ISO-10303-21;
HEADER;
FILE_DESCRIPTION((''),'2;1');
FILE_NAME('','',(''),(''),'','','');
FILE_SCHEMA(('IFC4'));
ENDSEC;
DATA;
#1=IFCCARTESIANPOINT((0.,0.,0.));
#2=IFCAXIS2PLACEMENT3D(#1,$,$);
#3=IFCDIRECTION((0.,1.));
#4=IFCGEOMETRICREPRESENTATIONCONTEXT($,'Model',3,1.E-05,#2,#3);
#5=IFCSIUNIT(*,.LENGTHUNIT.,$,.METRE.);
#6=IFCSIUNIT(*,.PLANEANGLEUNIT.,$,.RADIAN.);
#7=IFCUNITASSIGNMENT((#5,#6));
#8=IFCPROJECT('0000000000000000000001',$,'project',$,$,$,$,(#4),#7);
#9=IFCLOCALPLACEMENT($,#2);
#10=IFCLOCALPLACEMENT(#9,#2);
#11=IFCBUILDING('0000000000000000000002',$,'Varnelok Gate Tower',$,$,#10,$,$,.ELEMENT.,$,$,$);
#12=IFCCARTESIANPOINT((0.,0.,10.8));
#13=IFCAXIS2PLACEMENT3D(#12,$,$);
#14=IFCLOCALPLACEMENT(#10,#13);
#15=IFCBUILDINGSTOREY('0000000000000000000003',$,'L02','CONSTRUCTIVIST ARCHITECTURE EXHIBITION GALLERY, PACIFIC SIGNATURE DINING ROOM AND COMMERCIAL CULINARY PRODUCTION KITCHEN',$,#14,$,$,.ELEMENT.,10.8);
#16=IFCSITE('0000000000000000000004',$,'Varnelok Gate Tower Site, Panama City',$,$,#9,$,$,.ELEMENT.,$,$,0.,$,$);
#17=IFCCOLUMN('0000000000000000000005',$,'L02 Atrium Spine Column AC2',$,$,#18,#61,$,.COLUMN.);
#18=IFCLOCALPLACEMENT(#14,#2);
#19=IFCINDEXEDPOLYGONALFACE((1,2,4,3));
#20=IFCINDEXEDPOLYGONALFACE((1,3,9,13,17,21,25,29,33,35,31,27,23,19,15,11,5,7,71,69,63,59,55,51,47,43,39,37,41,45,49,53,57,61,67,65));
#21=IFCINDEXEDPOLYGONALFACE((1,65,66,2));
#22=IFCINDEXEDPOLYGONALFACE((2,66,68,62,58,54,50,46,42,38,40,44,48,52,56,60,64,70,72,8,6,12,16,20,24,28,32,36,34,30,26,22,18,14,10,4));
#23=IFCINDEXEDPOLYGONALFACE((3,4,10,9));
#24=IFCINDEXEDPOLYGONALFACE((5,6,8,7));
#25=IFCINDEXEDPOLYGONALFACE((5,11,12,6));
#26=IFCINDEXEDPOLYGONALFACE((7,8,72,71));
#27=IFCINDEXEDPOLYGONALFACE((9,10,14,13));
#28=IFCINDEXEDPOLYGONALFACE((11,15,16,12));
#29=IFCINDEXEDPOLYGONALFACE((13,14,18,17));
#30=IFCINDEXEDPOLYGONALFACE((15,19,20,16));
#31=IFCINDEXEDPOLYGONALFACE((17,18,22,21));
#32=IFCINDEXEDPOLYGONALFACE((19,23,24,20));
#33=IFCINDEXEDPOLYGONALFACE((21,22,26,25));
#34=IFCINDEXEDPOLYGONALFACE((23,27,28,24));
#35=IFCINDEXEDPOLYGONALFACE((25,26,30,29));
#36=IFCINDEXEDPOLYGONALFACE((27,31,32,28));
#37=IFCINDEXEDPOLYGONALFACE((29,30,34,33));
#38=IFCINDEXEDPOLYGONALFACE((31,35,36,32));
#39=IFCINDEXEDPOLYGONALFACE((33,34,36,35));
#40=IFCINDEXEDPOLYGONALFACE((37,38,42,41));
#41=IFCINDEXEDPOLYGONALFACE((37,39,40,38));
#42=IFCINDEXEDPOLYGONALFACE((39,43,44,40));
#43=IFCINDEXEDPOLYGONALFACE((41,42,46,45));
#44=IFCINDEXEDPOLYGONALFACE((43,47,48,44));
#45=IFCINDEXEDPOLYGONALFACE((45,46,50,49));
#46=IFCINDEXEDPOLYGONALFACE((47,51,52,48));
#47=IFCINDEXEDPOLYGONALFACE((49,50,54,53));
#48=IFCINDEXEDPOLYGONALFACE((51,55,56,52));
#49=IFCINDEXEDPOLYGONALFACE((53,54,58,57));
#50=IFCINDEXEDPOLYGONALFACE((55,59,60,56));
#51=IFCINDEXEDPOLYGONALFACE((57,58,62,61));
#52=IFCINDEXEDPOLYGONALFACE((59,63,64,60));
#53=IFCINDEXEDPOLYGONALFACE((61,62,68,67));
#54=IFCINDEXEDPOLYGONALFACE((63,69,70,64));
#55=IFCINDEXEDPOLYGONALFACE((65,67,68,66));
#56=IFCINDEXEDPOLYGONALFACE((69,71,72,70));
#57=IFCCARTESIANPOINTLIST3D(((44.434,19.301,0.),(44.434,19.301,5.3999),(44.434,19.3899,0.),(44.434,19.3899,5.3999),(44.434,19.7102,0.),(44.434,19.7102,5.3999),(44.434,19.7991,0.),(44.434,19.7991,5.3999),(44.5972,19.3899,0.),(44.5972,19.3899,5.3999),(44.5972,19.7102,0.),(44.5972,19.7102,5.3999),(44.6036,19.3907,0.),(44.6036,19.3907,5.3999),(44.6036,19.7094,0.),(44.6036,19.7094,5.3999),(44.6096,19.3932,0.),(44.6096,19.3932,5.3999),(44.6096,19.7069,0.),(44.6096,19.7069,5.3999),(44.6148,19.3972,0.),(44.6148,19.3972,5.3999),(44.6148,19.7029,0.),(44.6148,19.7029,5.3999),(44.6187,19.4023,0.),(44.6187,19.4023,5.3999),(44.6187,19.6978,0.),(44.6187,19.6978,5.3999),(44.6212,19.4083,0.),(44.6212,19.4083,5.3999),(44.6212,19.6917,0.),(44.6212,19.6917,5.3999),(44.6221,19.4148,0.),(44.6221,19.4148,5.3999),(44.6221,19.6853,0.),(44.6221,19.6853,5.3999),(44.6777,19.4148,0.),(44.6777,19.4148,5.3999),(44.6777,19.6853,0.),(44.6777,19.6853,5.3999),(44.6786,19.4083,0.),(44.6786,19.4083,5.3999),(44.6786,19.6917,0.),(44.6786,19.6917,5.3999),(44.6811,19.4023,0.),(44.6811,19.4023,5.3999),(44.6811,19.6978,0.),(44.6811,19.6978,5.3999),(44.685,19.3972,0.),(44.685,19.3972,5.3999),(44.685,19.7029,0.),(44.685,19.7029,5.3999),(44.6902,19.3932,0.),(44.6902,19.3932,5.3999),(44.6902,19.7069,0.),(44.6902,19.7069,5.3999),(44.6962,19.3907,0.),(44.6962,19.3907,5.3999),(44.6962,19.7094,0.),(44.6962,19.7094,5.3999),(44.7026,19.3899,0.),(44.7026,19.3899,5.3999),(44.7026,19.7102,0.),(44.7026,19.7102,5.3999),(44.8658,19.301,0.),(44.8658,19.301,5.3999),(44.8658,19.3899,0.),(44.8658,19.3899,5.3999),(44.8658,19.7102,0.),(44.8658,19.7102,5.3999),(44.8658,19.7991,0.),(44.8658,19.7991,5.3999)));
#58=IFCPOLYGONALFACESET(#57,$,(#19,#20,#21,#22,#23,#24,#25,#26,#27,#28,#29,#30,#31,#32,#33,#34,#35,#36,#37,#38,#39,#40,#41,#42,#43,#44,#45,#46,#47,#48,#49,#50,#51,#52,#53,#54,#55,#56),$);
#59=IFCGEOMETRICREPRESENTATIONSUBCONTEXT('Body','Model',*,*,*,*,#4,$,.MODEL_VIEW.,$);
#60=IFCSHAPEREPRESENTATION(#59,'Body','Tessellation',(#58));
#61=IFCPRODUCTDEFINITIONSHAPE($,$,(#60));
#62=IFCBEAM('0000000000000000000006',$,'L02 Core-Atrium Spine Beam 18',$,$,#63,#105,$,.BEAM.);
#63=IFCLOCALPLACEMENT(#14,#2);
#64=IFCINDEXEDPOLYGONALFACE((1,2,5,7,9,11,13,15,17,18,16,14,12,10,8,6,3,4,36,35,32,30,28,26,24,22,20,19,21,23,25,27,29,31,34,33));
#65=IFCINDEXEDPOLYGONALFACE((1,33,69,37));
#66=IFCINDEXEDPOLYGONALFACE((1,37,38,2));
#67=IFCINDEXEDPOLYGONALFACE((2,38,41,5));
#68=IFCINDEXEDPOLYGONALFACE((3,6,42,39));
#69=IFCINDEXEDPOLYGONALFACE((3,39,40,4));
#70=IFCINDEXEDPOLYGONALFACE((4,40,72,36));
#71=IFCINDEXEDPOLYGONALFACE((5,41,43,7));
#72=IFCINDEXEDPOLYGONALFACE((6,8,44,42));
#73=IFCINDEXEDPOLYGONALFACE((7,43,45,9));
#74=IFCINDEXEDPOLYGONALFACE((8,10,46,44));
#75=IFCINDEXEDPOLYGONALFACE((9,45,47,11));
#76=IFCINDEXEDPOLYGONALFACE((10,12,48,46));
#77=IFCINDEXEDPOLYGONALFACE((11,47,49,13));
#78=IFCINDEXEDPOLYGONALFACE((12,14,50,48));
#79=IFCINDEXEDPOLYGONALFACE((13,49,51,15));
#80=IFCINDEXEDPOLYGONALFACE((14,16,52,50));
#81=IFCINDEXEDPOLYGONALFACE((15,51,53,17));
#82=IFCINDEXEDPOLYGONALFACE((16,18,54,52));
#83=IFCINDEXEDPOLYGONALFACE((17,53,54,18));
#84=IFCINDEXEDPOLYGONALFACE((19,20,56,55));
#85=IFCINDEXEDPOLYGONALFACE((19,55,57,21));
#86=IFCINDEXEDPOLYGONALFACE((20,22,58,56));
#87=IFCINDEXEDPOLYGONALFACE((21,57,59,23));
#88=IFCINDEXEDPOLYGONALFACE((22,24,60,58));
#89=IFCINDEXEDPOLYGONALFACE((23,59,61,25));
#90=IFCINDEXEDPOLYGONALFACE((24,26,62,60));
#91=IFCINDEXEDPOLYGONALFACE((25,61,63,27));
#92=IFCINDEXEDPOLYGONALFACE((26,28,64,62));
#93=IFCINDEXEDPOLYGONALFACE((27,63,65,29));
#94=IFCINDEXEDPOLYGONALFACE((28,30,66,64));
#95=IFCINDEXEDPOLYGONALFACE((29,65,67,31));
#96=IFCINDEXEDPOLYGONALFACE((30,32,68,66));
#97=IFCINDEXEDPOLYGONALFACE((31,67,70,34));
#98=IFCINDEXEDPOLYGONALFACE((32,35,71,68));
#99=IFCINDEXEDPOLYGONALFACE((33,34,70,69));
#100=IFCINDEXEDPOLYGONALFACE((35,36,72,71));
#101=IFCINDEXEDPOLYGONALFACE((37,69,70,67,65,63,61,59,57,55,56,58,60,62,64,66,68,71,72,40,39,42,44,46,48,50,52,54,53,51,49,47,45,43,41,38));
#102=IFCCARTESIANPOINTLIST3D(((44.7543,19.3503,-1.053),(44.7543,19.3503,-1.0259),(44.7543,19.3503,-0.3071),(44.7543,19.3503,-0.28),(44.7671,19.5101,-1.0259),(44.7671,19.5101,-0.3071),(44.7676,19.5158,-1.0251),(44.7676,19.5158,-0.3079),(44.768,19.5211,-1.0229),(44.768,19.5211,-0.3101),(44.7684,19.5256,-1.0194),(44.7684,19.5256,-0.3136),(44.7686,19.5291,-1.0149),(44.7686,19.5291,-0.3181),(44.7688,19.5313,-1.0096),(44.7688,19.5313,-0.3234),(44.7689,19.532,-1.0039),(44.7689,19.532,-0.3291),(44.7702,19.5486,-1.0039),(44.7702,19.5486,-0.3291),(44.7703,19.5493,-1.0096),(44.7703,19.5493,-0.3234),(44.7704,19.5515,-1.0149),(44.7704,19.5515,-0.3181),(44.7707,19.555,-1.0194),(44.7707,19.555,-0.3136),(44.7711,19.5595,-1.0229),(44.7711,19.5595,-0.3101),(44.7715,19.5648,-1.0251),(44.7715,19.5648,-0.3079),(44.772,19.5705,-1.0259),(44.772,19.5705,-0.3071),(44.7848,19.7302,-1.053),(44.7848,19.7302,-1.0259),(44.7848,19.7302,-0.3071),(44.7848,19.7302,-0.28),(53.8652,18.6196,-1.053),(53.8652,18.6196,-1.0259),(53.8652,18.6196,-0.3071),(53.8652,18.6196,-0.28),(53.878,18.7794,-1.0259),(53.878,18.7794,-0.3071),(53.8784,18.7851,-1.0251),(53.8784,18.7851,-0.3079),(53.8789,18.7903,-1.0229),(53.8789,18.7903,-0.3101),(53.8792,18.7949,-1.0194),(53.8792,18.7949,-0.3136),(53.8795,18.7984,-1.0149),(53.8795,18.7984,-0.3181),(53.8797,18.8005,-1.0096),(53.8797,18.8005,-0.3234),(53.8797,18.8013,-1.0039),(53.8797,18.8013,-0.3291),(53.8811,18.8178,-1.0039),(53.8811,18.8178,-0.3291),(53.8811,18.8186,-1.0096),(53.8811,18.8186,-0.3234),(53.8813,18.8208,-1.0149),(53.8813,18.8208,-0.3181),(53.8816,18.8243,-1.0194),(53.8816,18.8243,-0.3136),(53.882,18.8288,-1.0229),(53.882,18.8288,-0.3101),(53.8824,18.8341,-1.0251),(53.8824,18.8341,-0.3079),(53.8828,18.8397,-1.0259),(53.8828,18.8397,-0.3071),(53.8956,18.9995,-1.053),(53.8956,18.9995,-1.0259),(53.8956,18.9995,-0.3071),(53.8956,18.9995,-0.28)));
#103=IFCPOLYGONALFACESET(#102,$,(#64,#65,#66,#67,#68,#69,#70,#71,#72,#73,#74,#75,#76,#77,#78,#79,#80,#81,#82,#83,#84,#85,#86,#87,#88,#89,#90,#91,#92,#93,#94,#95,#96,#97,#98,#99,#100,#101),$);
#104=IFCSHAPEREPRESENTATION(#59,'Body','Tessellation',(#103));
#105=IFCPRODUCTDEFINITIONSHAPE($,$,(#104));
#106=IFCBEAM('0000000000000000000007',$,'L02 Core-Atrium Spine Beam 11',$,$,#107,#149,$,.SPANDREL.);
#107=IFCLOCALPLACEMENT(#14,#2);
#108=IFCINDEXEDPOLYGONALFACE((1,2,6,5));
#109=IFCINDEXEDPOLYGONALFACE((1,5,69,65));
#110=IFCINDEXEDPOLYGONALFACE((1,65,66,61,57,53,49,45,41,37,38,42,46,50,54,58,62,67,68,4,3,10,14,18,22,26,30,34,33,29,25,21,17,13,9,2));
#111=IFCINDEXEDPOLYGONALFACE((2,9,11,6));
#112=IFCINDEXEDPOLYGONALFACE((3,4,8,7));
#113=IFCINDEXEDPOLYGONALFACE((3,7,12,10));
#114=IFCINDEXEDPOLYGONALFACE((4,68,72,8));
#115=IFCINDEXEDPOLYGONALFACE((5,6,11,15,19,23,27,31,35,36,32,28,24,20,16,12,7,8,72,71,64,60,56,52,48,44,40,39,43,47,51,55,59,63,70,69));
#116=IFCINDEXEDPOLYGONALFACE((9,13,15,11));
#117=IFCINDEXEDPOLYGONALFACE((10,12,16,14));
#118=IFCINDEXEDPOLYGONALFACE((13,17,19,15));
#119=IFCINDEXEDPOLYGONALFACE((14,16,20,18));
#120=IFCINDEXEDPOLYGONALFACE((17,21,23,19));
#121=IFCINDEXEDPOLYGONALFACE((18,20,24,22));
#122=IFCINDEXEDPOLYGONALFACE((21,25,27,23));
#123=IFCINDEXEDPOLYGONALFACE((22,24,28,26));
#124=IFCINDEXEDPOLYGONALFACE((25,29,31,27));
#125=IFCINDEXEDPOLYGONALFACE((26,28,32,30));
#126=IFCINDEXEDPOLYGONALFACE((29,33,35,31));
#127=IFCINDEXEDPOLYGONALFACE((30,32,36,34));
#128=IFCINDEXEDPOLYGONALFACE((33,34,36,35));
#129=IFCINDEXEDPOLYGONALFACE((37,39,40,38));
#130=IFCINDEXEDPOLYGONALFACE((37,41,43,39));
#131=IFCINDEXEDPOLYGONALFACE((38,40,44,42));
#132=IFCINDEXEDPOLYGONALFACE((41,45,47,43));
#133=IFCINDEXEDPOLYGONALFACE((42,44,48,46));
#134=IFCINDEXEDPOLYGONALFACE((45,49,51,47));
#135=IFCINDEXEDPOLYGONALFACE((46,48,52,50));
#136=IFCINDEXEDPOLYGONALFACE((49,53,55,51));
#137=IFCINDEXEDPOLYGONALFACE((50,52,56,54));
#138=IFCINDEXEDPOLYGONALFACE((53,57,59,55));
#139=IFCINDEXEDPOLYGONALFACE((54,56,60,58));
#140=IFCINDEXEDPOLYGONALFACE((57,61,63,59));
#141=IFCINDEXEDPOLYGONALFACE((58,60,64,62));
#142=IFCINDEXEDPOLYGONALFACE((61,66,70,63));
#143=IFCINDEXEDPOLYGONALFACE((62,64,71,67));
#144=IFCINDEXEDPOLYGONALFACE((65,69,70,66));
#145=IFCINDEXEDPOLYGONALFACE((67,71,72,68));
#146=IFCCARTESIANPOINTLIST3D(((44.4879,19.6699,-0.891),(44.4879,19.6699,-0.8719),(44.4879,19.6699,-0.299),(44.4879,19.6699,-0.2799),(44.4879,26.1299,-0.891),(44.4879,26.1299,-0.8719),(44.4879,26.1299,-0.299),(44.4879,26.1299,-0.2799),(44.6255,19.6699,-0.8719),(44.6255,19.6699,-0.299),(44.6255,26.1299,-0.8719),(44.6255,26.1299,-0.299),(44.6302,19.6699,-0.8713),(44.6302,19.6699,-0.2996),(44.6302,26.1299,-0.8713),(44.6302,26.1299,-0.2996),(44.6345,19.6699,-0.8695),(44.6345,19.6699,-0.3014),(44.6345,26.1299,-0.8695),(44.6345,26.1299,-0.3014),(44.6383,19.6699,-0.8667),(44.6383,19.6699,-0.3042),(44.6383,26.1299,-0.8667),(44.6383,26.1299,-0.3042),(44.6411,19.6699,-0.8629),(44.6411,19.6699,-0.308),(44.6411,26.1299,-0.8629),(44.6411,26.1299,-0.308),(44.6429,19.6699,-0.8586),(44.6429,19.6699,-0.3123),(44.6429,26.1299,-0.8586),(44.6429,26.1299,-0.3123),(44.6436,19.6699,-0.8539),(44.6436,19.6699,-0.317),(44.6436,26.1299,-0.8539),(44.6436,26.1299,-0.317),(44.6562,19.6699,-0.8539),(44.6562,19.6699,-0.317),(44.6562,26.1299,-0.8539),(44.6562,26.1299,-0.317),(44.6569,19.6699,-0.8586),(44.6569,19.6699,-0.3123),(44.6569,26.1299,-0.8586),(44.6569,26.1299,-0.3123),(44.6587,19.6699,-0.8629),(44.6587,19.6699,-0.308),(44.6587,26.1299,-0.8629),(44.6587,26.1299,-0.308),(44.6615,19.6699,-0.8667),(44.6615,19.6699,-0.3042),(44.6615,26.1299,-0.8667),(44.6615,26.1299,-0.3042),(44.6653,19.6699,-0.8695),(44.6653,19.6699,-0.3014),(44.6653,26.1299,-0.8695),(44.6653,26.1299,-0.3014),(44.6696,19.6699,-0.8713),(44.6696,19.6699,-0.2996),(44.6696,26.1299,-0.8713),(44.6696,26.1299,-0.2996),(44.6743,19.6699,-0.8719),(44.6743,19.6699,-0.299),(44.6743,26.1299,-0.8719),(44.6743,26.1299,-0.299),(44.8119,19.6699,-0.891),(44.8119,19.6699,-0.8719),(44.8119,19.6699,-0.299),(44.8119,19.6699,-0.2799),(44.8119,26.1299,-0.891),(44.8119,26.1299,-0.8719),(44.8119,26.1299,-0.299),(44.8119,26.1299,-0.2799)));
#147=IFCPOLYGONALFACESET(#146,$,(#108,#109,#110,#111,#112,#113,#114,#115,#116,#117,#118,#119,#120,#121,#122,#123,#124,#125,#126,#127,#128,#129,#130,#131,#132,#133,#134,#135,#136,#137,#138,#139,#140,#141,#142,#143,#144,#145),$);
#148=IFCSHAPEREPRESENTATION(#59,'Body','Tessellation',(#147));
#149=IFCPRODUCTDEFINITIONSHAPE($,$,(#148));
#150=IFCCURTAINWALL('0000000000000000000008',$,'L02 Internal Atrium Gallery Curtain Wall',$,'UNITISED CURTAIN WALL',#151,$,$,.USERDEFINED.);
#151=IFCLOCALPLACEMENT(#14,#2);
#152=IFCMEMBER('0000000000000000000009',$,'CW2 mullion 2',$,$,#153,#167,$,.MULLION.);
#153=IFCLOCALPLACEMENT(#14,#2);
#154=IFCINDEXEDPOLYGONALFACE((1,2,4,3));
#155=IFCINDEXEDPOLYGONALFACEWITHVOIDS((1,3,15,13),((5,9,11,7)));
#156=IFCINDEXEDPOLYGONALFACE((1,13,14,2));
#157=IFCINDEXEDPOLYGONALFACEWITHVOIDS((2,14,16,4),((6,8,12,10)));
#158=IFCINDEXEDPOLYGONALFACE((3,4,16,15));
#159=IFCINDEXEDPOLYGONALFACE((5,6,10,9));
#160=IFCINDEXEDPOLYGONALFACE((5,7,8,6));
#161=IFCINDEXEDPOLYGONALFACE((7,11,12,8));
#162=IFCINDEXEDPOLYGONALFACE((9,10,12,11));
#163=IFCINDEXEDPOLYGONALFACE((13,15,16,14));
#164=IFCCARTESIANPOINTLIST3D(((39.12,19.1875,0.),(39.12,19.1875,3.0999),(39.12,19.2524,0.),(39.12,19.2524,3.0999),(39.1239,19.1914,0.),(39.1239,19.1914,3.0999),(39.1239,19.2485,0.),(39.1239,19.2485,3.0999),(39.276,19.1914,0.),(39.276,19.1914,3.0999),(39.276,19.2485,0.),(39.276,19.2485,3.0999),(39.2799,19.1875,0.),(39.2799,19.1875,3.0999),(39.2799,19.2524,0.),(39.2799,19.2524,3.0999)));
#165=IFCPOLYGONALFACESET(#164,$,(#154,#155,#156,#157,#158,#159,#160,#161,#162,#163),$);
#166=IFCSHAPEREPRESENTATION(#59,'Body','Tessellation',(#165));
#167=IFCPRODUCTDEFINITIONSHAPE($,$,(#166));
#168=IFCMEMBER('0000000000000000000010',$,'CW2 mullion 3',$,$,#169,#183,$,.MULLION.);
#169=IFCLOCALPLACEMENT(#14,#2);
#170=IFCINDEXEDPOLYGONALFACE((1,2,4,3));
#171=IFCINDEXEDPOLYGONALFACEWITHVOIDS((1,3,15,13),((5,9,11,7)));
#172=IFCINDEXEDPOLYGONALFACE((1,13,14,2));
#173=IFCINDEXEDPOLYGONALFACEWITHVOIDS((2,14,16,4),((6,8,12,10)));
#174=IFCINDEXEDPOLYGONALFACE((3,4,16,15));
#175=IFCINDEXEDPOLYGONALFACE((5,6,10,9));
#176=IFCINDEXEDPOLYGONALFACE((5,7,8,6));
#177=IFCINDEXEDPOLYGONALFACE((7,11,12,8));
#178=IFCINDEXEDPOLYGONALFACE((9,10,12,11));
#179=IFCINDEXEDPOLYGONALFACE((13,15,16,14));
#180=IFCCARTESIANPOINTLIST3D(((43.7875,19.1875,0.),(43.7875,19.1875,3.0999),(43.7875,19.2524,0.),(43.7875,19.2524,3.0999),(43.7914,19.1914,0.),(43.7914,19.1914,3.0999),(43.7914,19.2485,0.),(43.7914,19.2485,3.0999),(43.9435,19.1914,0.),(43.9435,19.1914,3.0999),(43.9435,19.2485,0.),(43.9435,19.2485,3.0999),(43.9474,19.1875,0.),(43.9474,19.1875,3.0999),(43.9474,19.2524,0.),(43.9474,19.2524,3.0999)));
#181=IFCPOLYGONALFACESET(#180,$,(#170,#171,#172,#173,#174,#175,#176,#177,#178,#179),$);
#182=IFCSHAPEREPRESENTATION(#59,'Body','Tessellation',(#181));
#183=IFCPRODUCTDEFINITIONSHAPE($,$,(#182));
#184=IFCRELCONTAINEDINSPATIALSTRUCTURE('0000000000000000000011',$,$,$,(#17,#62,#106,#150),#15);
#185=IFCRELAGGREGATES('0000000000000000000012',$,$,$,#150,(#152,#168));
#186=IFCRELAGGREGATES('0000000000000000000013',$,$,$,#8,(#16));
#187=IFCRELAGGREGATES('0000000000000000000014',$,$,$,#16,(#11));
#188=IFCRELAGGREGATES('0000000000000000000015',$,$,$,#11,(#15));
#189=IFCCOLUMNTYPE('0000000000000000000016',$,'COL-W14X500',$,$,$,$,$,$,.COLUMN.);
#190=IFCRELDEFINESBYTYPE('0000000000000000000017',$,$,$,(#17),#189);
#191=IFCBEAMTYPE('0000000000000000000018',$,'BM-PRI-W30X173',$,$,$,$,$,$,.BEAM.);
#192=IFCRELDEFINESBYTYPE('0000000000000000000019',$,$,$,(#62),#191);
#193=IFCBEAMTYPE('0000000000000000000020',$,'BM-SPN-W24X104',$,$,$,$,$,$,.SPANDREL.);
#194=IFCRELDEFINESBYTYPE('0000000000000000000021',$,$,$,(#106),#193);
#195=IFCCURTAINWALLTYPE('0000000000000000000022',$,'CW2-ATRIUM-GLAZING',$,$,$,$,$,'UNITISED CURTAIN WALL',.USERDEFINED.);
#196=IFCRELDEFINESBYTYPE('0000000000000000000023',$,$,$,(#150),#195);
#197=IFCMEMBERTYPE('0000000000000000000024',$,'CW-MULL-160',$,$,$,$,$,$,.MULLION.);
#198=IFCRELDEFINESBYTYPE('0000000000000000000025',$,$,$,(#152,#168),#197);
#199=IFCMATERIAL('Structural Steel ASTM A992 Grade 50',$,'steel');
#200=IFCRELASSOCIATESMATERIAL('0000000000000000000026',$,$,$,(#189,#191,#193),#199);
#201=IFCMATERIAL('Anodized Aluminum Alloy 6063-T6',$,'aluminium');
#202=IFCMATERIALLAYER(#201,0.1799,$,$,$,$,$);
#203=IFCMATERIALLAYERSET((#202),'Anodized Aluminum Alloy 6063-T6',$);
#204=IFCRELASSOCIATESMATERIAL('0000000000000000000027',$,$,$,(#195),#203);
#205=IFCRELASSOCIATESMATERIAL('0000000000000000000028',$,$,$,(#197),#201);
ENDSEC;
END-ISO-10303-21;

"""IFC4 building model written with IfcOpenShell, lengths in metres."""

from ifc_helpers import new_model, si_unit, direction, frame, origin, origin_2d, place, context, subcontext, project, spatial, hollow_rectangle, i_section, extrude, material, layer, layer_set, material_profile, profile_set, type_object, element, aggregate, save


model = new_model("IFC4")

# Units and contexts
model_context = context("Model", 3, precision=1e-05, world=origin(), true_north=direction((0.0, 1.0)))
body_context = subcontext(model_context, "Body", "Model", "MODEL_VIEW")
ifc_project = project(units=[si_unit("LENGTHUNIT", "METRE"), si_unit("PLANEANGLEUNIT", "RADIAN")], contexts=[model_context])

# Site, building, storey
site_placement = place(None, origin())
site = spatial("IfcSite", under=ifc_project, at=site_placement, Name="Varnelok Gate Tower Site, Panama City", CompositionType="ELEMENT", RefElevation=0.0)
building_placement = place(site_placement, origin())
building = spatial("IfcBuilding", under=site, at=building_placement, Name="Varnelok Gate Tower", CompositionType="ELEMENT")
storey_placement = place(building_placement, frame((0.0, 0.0, 10.8)))
storey = spatial("IfcBuildingStorey", under=building, at=storey_placement, Name="L02", Description="CONSTRUCTIVIST ARCHITECTURE EXHIBITION GALLERY, PACIFIC SIGNATURE DINING ROOM AND COMMERCIAL CULINARY PRODUCTION KITCHEN", CompositionType="ELEMENT", Elevation=10.8)

# Column
ifc_material_1 = material(Name="Structural Steel ASTM A992 Grade 50", Category="steel")
ifc_material_profile_1 = material_profile(ifc_material_1, i_section(OverallWidth=0.4319, OverallDepth=0.498, WebThickness=0.0557, FlangeThickness=0.0889, FilletRadius=0.0249, at=origin_2d()), Name="W14X500")
ifc_profile_set_1 = profile_set([ifc_material_profile_1], Name="Structural Steel ASTM A992 Grade 50")
column_type = type_object("IfcColumnType", Name="COL-W14X500", PredefinedType="COLUMN", material=ifc_profile_set_1)
column_placement = place(storey_placement, frame((44.6499, 19.55, 0.0), z_axis=(0.0, 0.0, 1.0), x_axis=(1.0, 0.0, 0.0)))
element("IfcColumn", 1, at=column_placement, inside=storey, type_object=column_type, Name="L02 Atrium Spine Column AC2", PredefinedType="COLUMN", context=body_context, shape_type="SweptSolid", body=[
    extrude(i_section(OverallWidth=0.4319, OverallDepth=0.498, WebThickness=0.0557, FlangeThickness=0.0889, FilletRadius=0.0249, at=origin_2d()), origin(), (0.0, 0.0, 1.0), 5.3999),
])

# Beams
ifc_material_profile_2 = material_profile(ifc_material_1, i_section(OverallWidth=0.3811, OverallDepth=0.7729, WebThickness=0.0166, FlangeThickness=0.0271, FilletRadius=0.022, at=origin_2d()), Name="W30X173")
ifc_profile_set_2 = profile_set([ifc_material_profile_2], Name="Structural Steel ASTM A992 Grade 50")
beam_type_1 = type_object("IfcBeamType", Name="BM-PRI-W30X173", PredefinedType="BEAM", material=ifc_profile_set_2)
beam_1_placement = place(storey_placement, frame((44.7695, 19.5403, -0.6665), z_axis=(0.996799, -0.079946, 0.0), x_axis=(0.079946, 0.996799, 0.0)))
element("IfcBeam", 2, at=beam_1_placement, inside=storey, type_object=beam_type_1, Name="L02 Core-Atrium Spine Beam 18", PredefinedType="BEAM", context=body_context, shape_type="SweptSolid", body=[
    extrude(i_section(OverallWidth=0.3811, OverallDepth=0.7729, WebThickness=0.0166, FlangeThickness=0.0271, FilletRadius=0.022, at=origin_2d()), origin(), (0.0, 0.0, 1.0), 9.1401),
])
ifc_material_profile_3 = material_profile(ifc_material_1, i_section(OverallWidth=0.324, OverallDepth=0.6111, WebThickness=0.0127, FlangeThickness=0.019, FilletRadius=0.0181, at=origin_2d()), Name="W24X104")
ifc_profile_set_3 = profile_set([ifc_material_profile_3], Name="Structural Steel ASTM A992 Grade 50")
beam_type_2 = type_object("IfcBeamType", Name="BM-SPN-W24X104", PredefinedType="SPANDREL", material=ifc_profile_set_3)
beam_2_placement = place(storey_placement, frame((44.6499, 19.6699, -0.5854), z_axis=(0.0, 1.0, 0.0), x_axis=(-1.0, 0.0, 0.0)))
element("IfcBeam", 3, at=beam_2_placement, inside=storey, type_object=beam_type_2, Name="L02 Core-Atrium Spine Beam 11", PredefinedType="SPANDREL", context=body_context, shape_type="SweptSolid", body=[
    extrude(i_section(OverallWidth=0.324, OverallDepth=0.6111, WebThickness=0.0127, FlangeThickness=0.019, FilletRadius=0.0181, at=origin_2d()), origin(), (0.0, 0.0, 1.0), 6.46),
])

# Curtain wall, members
ifc_material_2 = material(Name="Anodized Aluminum Alloy 6063-T6", Category="aluminium")
ifc_layer_1 = layer(ifc_material_2, 0.1799)
ifc_layer_set_1 = layer_set([ifc_layer_1], Name="Anodized Aluminum Alloy 6063-T6")
curtain_wall_type = type_object("IfcCurtainWallType", Name="CW2-ATRIUM-GLAZING", ElementType="UNITISED CURTAIN WALL", PredefinedType="USERDEFINED", material=ifc_layer_set_1)
curtain_wall_placement = place(storey_placement, origin())
curtain_wall = element("IfcCurtainWall", 4, at=curtain_wall_placement, inside=storey, type_object=curtain_wall_type, Name="L02 Internal Atrium Gallery Curtain Wall", ObjectType="UNITISED CURTAIN WALL", PredefinedType="USERDEFINED")
ifc_material_profile_4 = material_profile(ifc_material_2, hollow_rectangle(XDim=0.0649, YDim=0.1599, WallThickness=0.0039, at=origin_2d()), Name="ALU160X65X4")
ifc_profile_set_4 = profile_set([ifc_material_profile_4], Name="Anodized Aluminum Alloy 6063-T6")
member_type_1 = type_object("IfcMemberType", Name="CW-MULL-160", PredefinedType="MULLION", material=ifc_profile_set_4)
member_1_placement = place(storey_placement, frame((39.2, 19.22, 0.0), z_axis=(0.0, 0.0, 1.0), x_axis=(0.0, 1.0, 0.0)))
member_1 = element("IfcMember", 5, at=member_1_placement, type_object=member_type_1, Name="CW2 mullion 2", PredefinedType="MULLION", context=body_context, shape_type="SweptSolid", body=[
    extrude(hollow_rectangle(XDim=0.0649, YDim=0.1599, WallThickness=0.0039, at=origin_2d()), origin(), (0.0, 0.0, 1.0), 3.0999),
])
member_2_placement = place(storey_placement, frame((43.8674, 19.22, 0.0), z_axis=(0.0, 0.0, 1.0), x_axis=(0.0, 1.0, 0.0)))
member_2 = element("IfcMember", 6, at=member_2_placement, type_object=member_type_1, Name="CW2 mullion 3", PredefinedType="MULLION", context=body_context, shape_type="SweptSolid", body=[
    extrude(hollow_rectangle(XDim=0.0649, YDim=0.1599, WallThickness=0.0039, at=origin_2d()), origin(), (0.0, 0.0, 1.0), 3.0999),
])

aggregate(curtain_wall, [member_1, member_2])

save(model, "model.ifc")
